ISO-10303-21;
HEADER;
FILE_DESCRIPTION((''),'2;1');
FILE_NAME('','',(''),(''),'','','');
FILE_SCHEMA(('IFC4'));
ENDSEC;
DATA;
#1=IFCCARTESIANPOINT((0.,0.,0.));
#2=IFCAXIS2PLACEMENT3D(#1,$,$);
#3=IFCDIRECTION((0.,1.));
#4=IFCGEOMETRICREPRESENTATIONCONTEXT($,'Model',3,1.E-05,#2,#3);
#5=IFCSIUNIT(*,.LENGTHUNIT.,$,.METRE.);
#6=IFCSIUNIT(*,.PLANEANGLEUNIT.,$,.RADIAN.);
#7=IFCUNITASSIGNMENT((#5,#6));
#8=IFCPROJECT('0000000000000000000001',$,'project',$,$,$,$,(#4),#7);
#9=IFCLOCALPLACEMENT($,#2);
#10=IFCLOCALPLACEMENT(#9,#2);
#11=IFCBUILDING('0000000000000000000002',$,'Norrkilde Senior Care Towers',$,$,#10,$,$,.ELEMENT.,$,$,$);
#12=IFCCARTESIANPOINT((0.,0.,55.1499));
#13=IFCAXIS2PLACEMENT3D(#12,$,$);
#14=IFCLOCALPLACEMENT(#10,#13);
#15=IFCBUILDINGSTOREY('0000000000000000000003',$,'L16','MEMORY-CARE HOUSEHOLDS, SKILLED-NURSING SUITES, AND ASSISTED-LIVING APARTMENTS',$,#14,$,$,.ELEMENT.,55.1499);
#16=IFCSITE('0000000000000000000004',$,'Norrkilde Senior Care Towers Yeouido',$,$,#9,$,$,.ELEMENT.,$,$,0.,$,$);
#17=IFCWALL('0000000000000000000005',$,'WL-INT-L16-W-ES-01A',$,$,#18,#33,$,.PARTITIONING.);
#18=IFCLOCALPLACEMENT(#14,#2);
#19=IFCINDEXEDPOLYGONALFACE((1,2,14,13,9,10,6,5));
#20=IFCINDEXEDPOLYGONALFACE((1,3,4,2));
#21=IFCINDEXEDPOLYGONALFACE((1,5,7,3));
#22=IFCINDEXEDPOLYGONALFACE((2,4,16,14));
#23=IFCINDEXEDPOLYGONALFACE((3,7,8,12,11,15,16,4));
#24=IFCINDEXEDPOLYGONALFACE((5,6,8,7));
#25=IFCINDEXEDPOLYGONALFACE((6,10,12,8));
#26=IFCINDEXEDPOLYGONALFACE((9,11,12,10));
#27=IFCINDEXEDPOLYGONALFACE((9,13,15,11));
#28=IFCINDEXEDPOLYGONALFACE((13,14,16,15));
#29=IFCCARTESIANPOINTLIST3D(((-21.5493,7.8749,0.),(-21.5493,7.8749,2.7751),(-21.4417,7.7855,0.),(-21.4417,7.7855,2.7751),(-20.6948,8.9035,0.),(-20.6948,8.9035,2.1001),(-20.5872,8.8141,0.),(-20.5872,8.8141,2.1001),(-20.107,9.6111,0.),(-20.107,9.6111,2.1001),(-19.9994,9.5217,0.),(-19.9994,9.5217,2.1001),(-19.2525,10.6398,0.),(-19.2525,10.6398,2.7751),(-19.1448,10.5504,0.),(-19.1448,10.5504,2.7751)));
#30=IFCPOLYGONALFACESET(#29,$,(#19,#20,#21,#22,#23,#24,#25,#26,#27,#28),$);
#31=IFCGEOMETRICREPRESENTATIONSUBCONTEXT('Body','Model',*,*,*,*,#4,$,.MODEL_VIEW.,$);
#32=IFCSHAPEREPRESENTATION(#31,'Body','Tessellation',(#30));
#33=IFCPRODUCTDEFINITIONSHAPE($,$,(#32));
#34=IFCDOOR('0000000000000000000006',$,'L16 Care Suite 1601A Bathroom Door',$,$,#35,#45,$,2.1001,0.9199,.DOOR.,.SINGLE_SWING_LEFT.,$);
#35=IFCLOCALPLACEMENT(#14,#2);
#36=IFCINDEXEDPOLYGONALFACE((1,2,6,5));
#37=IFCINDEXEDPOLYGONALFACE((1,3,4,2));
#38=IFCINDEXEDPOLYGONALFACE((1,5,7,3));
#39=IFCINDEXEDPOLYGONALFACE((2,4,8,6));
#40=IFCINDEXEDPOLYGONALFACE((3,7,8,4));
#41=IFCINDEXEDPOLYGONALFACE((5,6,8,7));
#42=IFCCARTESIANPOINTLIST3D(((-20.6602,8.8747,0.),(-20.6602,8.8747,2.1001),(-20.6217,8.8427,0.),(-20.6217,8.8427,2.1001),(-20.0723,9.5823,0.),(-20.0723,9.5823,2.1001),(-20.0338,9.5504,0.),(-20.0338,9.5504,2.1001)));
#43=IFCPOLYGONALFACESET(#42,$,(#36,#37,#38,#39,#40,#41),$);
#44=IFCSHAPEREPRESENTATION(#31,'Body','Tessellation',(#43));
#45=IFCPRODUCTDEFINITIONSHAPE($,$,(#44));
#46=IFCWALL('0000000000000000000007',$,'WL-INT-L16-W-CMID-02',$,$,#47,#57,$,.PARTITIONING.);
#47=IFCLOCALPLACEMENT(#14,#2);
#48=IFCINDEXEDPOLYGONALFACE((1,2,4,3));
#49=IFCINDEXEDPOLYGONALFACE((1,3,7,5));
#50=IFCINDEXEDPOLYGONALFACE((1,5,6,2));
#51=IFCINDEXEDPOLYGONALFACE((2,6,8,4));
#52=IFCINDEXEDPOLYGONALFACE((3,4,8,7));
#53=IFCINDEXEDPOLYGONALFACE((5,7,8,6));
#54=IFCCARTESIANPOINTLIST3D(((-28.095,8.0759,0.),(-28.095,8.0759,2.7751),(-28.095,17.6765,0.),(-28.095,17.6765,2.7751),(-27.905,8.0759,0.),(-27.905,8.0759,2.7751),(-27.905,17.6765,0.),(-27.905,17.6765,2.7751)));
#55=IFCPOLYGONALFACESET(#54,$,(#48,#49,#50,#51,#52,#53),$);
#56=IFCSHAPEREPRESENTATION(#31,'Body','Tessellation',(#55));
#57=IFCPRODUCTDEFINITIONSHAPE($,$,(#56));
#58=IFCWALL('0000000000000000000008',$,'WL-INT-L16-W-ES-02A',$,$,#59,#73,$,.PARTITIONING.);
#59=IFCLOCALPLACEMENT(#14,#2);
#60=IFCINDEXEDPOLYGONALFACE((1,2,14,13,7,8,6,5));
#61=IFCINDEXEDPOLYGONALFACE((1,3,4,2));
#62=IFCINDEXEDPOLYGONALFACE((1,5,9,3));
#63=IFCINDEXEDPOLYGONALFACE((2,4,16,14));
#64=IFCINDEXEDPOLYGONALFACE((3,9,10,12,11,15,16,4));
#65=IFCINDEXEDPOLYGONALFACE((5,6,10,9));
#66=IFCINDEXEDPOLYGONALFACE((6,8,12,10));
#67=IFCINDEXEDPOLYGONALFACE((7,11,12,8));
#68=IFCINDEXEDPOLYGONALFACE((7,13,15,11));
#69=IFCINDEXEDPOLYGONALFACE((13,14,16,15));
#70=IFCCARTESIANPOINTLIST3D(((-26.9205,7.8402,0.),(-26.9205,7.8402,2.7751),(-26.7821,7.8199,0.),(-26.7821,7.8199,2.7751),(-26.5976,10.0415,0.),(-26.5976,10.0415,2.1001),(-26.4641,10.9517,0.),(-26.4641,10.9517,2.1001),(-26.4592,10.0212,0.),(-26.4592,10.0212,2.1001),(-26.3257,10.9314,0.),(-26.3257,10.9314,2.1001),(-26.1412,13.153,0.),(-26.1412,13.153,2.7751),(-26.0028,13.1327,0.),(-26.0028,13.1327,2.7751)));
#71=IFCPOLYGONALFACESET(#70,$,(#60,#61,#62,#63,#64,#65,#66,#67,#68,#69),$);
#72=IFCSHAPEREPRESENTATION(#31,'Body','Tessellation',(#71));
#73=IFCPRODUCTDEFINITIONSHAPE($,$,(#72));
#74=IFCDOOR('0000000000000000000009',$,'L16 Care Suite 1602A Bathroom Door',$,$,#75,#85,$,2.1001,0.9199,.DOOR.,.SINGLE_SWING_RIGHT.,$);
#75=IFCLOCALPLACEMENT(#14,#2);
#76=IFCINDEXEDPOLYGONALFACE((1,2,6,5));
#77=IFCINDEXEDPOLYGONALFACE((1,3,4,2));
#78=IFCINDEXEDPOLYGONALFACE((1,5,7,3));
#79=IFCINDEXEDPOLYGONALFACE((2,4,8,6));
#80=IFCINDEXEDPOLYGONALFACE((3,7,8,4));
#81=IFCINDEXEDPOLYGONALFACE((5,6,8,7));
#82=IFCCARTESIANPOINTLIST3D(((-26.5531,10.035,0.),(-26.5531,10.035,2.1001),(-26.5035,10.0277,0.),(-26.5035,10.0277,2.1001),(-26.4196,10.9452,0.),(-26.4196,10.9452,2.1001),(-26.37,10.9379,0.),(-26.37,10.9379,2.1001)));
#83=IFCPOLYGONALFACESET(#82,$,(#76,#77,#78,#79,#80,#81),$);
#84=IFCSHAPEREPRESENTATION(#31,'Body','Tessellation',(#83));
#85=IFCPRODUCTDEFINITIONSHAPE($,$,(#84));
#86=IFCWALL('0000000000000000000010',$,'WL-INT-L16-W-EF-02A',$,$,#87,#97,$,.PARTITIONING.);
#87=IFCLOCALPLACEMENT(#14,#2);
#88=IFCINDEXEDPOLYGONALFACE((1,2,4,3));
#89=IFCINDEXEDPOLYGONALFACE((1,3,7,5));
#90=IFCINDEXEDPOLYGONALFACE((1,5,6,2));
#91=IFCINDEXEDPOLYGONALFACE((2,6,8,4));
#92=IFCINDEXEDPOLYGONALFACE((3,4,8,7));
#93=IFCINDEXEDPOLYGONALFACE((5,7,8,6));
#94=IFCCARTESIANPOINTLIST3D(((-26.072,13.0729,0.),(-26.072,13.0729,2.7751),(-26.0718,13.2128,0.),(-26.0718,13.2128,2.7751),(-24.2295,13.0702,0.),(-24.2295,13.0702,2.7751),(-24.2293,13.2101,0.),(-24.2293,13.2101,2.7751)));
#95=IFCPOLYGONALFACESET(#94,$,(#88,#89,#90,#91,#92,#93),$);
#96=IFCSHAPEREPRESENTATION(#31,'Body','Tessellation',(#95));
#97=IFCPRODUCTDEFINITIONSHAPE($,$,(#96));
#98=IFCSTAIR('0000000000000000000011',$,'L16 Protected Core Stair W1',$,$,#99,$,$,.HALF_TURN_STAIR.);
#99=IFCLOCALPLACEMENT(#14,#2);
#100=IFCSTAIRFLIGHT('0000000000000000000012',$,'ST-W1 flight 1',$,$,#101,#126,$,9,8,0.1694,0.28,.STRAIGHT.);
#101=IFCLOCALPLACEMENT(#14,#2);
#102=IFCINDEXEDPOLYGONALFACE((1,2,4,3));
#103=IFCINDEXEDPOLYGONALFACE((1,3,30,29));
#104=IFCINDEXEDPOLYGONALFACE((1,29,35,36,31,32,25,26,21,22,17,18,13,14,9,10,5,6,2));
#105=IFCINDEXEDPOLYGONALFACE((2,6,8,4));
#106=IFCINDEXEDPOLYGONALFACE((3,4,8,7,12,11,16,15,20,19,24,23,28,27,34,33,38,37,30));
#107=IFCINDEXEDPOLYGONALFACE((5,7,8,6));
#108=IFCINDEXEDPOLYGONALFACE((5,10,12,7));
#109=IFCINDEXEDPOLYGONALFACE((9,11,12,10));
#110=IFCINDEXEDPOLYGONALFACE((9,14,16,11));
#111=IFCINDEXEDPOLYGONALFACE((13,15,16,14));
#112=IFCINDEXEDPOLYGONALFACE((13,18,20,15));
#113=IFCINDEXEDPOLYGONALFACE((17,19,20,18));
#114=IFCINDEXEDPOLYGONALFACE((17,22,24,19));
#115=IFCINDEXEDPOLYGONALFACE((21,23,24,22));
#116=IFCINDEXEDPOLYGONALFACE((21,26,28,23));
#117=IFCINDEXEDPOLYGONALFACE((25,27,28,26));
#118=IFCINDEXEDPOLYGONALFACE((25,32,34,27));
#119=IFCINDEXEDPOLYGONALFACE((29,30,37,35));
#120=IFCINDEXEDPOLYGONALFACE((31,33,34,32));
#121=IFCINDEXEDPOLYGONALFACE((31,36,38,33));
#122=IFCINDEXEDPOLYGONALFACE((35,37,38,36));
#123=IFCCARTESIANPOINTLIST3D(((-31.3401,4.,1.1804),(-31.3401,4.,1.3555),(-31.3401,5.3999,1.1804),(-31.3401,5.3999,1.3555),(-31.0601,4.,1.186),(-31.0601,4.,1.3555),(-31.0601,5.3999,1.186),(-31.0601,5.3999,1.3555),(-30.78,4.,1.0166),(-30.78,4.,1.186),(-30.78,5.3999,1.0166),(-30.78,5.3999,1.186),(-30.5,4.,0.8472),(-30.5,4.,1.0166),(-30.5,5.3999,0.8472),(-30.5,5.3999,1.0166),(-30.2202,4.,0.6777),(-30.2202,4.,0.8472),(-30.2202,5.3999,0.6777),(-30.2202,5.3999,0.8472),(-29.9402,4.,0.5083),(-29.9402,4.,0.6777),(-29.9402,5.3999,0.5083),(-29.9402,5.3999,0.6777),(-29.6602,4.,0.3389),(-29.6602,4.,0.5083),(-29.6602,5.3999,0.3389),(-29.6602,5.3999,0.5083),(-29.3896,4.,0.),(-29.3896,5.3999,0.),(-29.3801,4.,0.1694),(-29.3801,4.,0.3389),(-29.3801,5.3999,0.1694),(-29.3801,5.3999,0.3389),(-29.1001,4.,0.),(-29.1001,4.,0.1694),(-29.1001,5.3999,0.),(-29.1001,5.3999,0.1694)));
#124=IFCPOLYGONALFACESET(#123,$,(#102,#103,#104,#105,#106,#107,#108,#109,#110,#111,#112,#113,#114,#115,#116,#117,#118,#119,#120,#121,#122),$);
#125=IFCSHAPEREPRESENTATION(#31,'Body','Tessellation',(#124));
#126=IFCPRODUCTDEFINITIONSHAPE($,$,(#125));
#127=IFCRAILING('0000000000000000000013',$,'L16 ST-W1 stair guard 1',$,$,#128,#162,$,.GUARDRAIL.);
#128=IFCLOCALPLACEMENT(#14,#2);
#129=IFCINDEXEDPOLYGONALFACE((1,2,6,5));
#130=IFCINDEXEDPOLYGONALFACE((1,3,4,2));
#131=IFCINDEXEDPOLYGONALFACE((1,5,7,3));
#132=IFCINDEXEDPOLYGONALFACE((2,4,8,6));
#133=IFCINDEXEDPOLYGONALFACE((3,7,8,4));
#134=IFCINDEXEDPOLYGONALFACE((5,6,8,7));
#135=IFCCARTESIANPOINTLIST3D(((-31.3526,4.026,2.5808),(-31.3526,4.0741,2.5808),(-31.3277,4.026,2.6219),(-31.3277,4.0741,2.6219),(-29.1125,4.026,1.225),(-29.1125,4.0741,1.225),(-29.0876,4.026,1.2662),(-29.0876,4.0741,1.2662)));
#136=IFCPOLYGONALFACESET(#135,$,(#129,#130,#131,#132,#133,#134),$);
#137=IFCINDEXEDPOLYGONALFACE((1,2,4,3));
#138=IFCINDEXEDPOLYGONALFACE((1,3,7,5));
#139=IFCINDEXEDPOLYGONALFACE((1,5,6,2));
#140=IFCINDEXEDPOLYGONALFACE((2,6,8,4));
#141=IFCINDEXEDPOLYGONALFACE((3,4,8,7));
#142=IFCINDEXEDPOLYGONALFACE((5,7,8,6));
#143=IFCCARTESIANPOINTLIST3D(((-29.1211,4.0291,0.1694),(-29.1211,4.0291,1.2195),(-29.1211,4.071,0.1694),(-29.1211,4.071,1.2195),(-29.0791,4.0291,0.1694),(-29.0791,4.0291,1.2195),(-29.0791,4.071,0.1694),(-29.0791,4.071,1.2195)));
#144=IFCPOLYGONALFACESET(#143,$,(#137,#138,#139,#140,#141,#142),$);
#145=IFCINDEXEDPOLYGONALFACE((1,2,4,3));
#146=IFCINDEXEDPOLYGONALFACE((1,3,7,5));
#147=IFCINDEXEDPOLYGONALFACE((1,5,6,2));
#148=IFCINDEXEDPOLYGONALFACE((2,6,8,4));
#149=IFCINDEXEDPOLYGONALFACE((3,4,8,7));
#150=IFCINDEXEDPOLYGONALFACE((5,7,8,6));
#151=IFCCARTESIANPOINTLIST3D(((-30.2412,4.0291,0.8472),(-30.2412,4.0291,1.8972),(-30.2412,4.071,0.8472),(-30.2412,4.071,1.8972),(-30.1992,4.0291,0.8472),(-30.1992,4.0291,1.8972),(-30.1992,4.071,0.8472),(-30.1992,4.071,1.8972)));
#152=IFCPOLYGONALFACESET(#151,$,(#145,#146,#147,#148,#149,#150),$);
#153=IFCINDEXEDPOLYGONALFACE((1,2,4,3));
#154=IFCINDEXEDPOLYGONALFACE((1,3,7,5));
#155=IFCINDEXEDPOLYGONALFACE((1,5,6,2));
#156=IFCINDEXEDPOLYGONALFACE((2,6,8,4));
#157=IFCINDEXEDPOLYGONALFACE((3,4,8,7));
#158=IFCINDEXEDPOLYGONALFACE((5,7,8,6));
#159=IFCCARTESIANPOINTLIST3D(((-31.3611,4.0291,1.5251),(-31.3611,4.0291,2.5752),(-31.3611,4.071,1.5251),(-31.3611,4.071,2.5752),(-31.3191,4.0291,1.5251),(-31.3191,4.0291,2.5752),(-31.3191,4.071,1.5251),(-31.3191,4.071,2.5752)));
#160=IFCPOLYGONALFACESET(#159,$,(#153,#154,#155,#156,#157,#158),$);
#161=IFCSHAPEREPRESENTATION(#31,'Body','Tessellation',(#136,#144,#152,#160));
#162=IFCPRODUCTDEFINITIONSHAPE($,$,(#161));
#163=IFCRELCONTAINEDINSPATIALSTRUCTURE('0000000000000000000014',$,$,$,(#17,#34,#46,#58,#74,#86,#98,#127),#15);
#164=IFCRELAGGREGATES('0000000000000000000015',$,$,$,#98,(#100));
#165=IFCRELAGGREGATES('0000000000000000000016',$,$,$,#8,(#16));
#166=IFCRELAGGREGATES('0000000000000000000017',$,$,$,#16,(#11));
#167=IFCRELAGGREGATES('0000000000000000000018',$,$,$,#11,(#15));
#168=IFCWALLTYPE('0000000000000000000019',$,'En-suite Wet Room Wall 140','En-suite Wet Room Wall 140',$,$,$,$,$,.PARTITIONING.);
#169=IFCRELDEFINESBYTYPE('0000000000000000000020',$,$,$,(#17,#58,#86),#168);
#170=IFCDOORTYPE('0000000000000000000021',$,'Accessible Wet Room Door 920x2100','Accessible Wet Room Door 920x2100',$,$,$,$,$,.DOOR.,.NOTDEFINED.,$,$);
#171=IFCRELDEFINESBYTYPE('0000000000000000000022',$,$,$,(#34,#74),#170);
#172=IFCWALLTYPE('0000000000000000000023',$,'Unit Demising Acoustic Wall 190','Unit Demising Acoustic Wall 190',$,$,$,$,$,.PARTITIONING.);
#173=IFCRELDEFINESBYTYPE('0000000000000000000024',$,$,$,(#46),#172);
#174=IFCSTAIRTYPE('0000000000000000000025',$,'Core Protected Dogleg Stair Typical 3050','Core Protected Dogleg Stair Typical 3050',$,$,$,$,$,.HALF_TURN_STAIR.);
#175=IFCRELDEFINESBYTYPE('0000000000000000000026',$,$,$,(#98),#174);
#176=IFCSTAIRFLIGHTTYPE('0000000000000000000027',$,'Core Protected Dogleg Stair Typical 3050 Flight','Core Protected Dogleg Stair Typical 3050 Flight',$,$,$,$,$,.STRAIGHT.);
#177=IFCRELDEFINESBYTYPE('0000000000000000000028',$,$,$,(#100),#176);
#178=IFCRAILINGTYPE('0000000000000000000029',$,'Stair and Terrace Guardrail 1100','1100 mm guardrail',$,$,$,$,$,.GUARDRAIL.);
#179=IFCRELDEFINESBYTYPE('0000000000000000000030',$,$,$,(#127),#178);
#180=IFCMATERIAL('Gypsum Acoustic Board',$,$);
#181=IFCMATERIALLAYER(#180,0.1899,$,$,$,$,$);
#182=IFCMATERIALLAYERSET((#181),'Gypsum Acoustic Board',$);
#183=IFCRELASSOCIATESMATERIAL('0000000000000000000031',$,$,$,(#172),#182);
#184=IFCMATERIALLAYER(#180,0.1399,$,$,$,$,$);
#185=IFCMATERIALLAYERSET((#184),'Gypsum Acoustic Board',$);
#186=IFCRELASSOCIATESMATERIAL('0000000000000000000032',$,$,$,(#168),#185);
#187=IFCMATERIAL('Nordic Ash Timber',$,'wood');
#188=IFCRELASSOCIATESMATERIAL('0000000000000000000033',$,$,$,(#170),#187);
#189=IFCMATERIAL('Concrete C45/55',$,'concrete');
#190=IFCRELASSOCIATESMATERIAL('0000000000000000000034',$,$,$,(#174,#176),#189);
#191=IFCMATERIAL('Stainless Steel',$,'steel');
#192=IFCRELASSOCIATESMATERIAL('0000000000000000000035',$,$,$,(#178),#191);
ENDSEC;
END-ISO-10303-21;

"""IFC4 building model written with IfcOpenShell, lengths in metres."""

from ifc_helpers import new_model, si_unit, direction, frame, frame_2d, origin, origin_2d, place, context, subcontext, project, spatial, polyline, rectangle, outline, extrude, source, transform, mapped, material, layer, layer_set, type_object, type_shapes, element, fill, aggregate, save


model = new_model("IFC4")

# Units and contexts
model_context = context("Model", 3, precision=1e-05, world=origin(), true_north=direction((0.0, 1.0)))
body_context = subcontext(model_context, "Body", "Model", "MODEL_VIEW")
ifc_project = project(units=[si_unit("LENGTHUNIT", "METRE"), si_unit("PLANEANGLEUNIT", "RADIAN")], contexts=[model_context])

# Site, building, storey
site_placement = place(None, origin())
site = spatial("IfcSite", under=ifc_project, at=site_placement, Name="Norrkilde Senior Care Towers Yeouido", CompositionType="ELEMENT", RefElevation=0.0)
building_placement = place(site_placement, origin())
building = spatial("IfcBuilding", under=site, at=building_placement, Name="Norrkilde Senior Care Towers", CompositionType="ELEMENT")
storey_placement = place(building_placement, frame((0.0, 0.0, 55.1499)))
storey = spatial("IfcBuildingStorey", under=building, at=storey_placement, Name="L16", Description="MEMORY-CARE HOUSEHOLDS, SKILLED-NURSING SUITES, AND ASSISTED-LIVING APARTMENTS", CompositionType="ELEMENT", Elevation=55.1499)

# Shared definitions
ifc_material_1 = material(Name="Concrete C45/55", Category="concrete")

# Shared definitions
ifc_material_2 = material(Name="Gypsum Acoustic Board")
ifc_layer_1 = layer(ifc_material_2, 0.1899)
ifc_layer_set_1 = layer_set([ifc_layer_1], Name="Gypsum Acoustic Board")
wall_type_1 = type_object("IfcWallType", Name="Unit Demising Acoustic Wall 190", Description="Unit Demising Acoustic Wall 190", PredefinedType="PARTITIONING", material=ifc_layer_set_1)

# Wall, opening, door
ifc_layer_2 = layer(ifc_material_2, 0.1399)
ifc_layer_set_2 = layer_set([ifc_layer_2], Name="Gypsum Acoustic Board")
wall_type_2 = type_object("IfcWallType", Name="En-suite Wet Room Wall 140", Description="En-suite Wet Room Wall 140", PredefinedType="PARTITIONING", material=ifc_layer_set_2)
shared_shape_1 = source(origin(), body_context, "Body", "SweptSolid", [
    extrude(rectangle(XDim=3.5945, YDim=0.1399, at=frame_2d((1.7974, 0.0))), origin(), (0.0, 0.0, 1.0), 2.7751),
])
wall_1_placement = place(storey_placement, frame((-21.4956, 7.8301, 0.0), z_axis=(0.0, 0.0, 1.0), x_axis=(0.639001, 0.769206, 0.0)))
wall_1 = element("IfcWall", 1, at=wall_1_placement, inside=storey, type_object=wall_type_2, Name="WL-INT-L16-W-ES-01A", PredefinedType="PARTITIONING", context=body_context, shape_type="MappedRepresentation", body=[
    mapped(shared_shape_1, transform((0.0, 0.0, 0.0), x_axis=(1.0, 0.0, 0.0), y_axis=(0.0, 1.0, 0.0), z_axis=(0.0, 0.0, 1.0), scale=1.0)),
])
opening_1_placement = place(wall_1_placement, frame((1.3374, 0.0, 0.0)))
opening_1 = element("IfcOpeningElement", 2, at=opening_1_placement, cuts=wall_1, PredefinedType="OPENING", context=body_context, shape_type="SweptSolid", body=[
    extrude(rectangle(XDim=0.9199, YDim=2.1001, at=frame_2d((0.46, 1.05))), frame((0.0, 0.0798, 0.0), z_axis=(0.0, -1.0, 0.0), x_axis=(1.0, 0.0, 0.0)), (0.0, 0.0, 1.0), 0.1599),
])
ifc_material_3 = material(Name="Nordic Ash Timber", Category="wood")
door_type_1 = type_object("IfcDoorType", Name="Accessible Wet Room Door 920x2100", Description="Accessible Wet Room Door 920x2100", OperationType="NOTDEFINED", PredefinedType="DOOR", material=ifc_material_3)
shared_shape_2 = source(origin(), body_context, "Body", "SweptSolid", [
    extrude(rectangle(XDim=0.9199, YDim=2.1001, at=frame_2d((0.46, 1.05))), frame((0.0, 0.0249, 0.0), z_axis=(0.0, -1.0, 0.0), x_axis=(1.0, 0.0, 0.0)), (0.0, 0.0, 1.0), 0.05),
])
type_shapes(door_type_1, [shared_shape_2])
door_1_placement = place(opening_1_placement, origin())
door_1 = element("IfcDoor", 3, at=door_1_placement, inside=storey, type_object=door_type_1, Name="L16 Care Suite 1601A Bathroom Door", OperationType="SINGLE_SWING_LEFT", OverallHeight=2.1001, OverallWidth=0.9199, PredefinedType="DOOR", context=body_context, shape_type="MappedRepresentation", body=[
    mapped(shared_shape_2, transform((0.0, 0.0, 0.0), x_axis=(1.0, 0.0, 0.0), y_axis=(0.0, 1.0, 0.0), z_axis=(0.0, 0.0, 1.0), scale=1.0)),
])
fill(opening_1, door_1)

# Wall
shared_shape_3 = source(origin(), body_context, "Body", "SweptSolid", [
    extrude(rectangle(XDim=9.6006, YDim=0.1899, at=frame_2d((4.8003, 0.0))), origin(), (0.0, 0.0, 1.0), 2.7751),
])
wall_2_placement = place(storey_placement, frame((-28.0, 8.0759, 0.0), z_axis=(0.0, 0.0, 1.0), x_axis=(0.0, 1.0, 0.0)))
element("IfcWall", 4, at=wall_2_placement, inside=storey, type_object=wall_type_1, Name="WL-INT-L16-W-CMID-02", PredefinedType="PARTITIONING", context=body_context, shape_type="MappedRepresentation", body=[
    mapped(shared_shape_3, transform((0.0, 0.0, 0.0), x_axis=(1.0, 0.0, 0.0), y_axis=(0.0, 1.0, 0.0), z_axis=(0.0, 0.0, 1.0), scale=1.0)),
])

# Wall, opening, door
shared_shape_4 = source(origin(), body_context, "Body", "SweptSolid", [
    extrude(rectangle(XDim=5.3696, YDim=0.1399, at=frame_2d((2.6848, 0.0))), origin(), (0.0, 0.0, 1.0), 2.7751),
])
wall_3_placement = place(storey_placement, frame((-26.8513, 7.8301, 0.0), z_axis=(0.0, 0.0, 1.0), x_axis=(0.145131, 0.989412, 0.0)))
wall_3 = element("IfcWall", 5, at=wall_3_placement, inside=storey, type_object=wall_type_2, Name="WL-INT-L16-W-ES-02A", PredefinedType="PARTITIONING", context=body_context, shape_type="MappedRepresentation", body=[
    mapped(shared_shape_4, transform((0.0, 0.0, 0.0), x_axis=(1.0, 0.0, 0.0), y_axis=(0.0, 1.0, 0.0), z_axis=(0.0, 0.0, 1.0), scale=1.0)),
])
opening_2_placement = place(wall_3_placement, frame((2.2249, 0.0, 0.0)))
opening_2 = element("IfcOpeningElement", 6, at=opening_2_placement, cuts=wall_3, PredefinedType="OPENING", context=body_context, shape_type="SweptSolid", body=[
    extrude(rectangle(XDim=0.9199, YDim=2.1001, at=frame_2d((0.46, 1.05))), frame((0.0, 0.0798, 0.0), z_axis=(0.0, -1.0, 0.0), x_axis=(1.0, 0.0, 0.0)), (0.0, 0.0, 1.0), 0.1599),
])
door_2_placement = place(opening_2_placement, origin())
door_2 = element("IfcDoor", 7, at=door_2_placement, inside=storey, type_object=door_type_1, Name="L16 Care Suite 1602A Bathroom Door", OperationType="SINGLE_SWING_RIGHT", OverallHeight=2.1001, OverallWidth=0.9199, PredefinedType="DOOR", context=body_context, shape_type="MappedRepresentation", body=[
    mapped(shared_shape_2, transform((0.0, 0.0, 0.0), x_axis=(1.0, 0.0, 0.0), y_axis=(0.0, 1.0, 0.0), z_axis=(0.0, 0.0, 1.0), scale=1.0)),
])
fill(opening_2, door_2)

# Wall
shared_shape_5 = source(origin(), body_context, "Body", "SweptSolid", [
    extrude(rectangle(XDim=1.8425, YDim=0.1399, at=frame_2d((0.9214, 0.0))), origin(), (0.0, 0.0, 1.0), 2.7751),
])
type_shapes(wall_type_2, [shared_shape_1, shared_shape_4, shared_shape_5])
wall_4_placement = place(storey_placement, frame((-26.072, 13.1428, 0.0), z_axis=(0.0, 0.0, 1.0), x_axis=(0.999999, -0.001458, 0.0)))
element("IfcWall", 8, at=wall_4_placement, inside=storey, type_object=wall_type_2, Name="WL-INT-L16-W-EF-02A", PredefinedType="PARTITIONING", context=body_context, shape_type="MappedRepresentation", body=[
    mapped(shared_shape_5, transform((0.0, 0.0, 0.0), x_axis=(1.0, 0.0, 0.0), y_axis=(0.0, 1.0, 0.0), z_axis=(0.0, 0.0, 1.0), scale=1.0)),
])

# Stair, stair flight
stair_type = type_object("IfcStairType", Name="Core Protected Dogleg Stair Typical 3050", Description="Core Protected Dogleg Stair Typical 3050", PredefinedType="HALF_TURN_STAIR", material=ifc_material_1)
stair_placement = place(storey_placement, origin())
stair = element("IfcStair", 9, at=stair_placement, inside=storey, type_object=stair_type, Name="L16 Protected Core Stair W1", PredefinedType="HALF_TURN_STAIR")
stair_flight_type = type_object("IfcStairFlightType", Name="Core Protected Dogleg Stair Typical 3050 Flight", Description="Core Protected Dogleg Stair Typical 3050 Flight", PredefinedType="STRAIGHT", material=ifc_material_1)
stair_flight_placement = place(storey_placement, frame((-29.1001, 4.7, 0.0), z_axis=(0.0, 0.0, 1.0), x_axis=(-1.0, 0.0, 0.0)))
stair_flight = element("IfcStairFlight", 10, at=stair_flight_placement, type_object=stair_flight_type, Name="ST-W1 flight 1", NumberOfRisers=9, NumberOfTreads=8, PredefinedType="STRAIGHT", RiserHeight=0.1694, TreadLength=0.28, context=body_context, shape_type="SweptSolid", body=[
    extrude(outline(polyline([(0.0, 0.0), (0.0, 0.1694), (0.28, 0.1694), (0.28, 0.3389), (0.5601, 0.3389), (0.5601, 0.5083), (0.8401, 0.5083), (0.8401, 0.6777), (1.1201, 0.6777), (1.1201, 0.8472), (1.3999, 0.8472), (1.3999, 1.0166), (1.6799, 1.0166), (1.6799, 1.186), (1.96, 1.186), (1.96, 1.3555), (2.24, 1.3555), (2.24, 1.5249), (2.24, 1.1804), (0.2896, 0.0), (0.0, 0.0)])), frame((0.0, 0.7, 0.0), z_axis=(0.0, -1.0, 0.0), x_axis=(1.0, 0.0, 0.0)), (0.0, 0.0, 1.0), 1.3999),
])
aggregate(stair, [stair_flight])

# Railing
ifc_material_4 = material(Name="Stainless Steel", Category="steel")
railing_type_1 = type_object("IfcRailingType", Name="Stair and Terrace Guardrail 1100", Description="1100 mm guardrail", PredefinedType="GUARDRAIL", material=ifc_material_4)
railing_1_placement = place(storey_placement, frame((-29.1001, 4.05, 0.1694)))
element("IfcRailing", 11, at=railing_1_placement, inside=storey, type_object=railing_type_1, Name="L16 ST-W1 stair guard 1", PredefinedType="GUARDRAIL", context=body_context, shape_type="SweptSolid", body=[
    extrude(rectangle(XDim=0.0481, YDim=0.0481, at=origin_2d()), frame((0.0, 0.0, 1.0762), z_axis=(-0.855512, 0.0, 0.517783), x_axis=(0.0, -1.0, 0.0)), (0.0, 0.0, 1.0), 2.6184),
    extrude(rectangle(XDim=0.042, YDim=0.042, at=origin_2d()), origin(), (0.0, 0.0, 1.0), 1.05),
    extrude(rectangle(XDim=0.042, YDim=0.042, at=origin_2d()), frame((-1.1201, 0.0, 0.6777)), (0.0, 0.0, 1.0), 1.05),
    extrude(rectangle(XDim=0.042, YDim=0.042, at=origin_2d()), frame((-2.24, 0.0, 1.3557)), (0.0, 0.0, 1.0), 1.05),
])

save(model, "model.ifc")
